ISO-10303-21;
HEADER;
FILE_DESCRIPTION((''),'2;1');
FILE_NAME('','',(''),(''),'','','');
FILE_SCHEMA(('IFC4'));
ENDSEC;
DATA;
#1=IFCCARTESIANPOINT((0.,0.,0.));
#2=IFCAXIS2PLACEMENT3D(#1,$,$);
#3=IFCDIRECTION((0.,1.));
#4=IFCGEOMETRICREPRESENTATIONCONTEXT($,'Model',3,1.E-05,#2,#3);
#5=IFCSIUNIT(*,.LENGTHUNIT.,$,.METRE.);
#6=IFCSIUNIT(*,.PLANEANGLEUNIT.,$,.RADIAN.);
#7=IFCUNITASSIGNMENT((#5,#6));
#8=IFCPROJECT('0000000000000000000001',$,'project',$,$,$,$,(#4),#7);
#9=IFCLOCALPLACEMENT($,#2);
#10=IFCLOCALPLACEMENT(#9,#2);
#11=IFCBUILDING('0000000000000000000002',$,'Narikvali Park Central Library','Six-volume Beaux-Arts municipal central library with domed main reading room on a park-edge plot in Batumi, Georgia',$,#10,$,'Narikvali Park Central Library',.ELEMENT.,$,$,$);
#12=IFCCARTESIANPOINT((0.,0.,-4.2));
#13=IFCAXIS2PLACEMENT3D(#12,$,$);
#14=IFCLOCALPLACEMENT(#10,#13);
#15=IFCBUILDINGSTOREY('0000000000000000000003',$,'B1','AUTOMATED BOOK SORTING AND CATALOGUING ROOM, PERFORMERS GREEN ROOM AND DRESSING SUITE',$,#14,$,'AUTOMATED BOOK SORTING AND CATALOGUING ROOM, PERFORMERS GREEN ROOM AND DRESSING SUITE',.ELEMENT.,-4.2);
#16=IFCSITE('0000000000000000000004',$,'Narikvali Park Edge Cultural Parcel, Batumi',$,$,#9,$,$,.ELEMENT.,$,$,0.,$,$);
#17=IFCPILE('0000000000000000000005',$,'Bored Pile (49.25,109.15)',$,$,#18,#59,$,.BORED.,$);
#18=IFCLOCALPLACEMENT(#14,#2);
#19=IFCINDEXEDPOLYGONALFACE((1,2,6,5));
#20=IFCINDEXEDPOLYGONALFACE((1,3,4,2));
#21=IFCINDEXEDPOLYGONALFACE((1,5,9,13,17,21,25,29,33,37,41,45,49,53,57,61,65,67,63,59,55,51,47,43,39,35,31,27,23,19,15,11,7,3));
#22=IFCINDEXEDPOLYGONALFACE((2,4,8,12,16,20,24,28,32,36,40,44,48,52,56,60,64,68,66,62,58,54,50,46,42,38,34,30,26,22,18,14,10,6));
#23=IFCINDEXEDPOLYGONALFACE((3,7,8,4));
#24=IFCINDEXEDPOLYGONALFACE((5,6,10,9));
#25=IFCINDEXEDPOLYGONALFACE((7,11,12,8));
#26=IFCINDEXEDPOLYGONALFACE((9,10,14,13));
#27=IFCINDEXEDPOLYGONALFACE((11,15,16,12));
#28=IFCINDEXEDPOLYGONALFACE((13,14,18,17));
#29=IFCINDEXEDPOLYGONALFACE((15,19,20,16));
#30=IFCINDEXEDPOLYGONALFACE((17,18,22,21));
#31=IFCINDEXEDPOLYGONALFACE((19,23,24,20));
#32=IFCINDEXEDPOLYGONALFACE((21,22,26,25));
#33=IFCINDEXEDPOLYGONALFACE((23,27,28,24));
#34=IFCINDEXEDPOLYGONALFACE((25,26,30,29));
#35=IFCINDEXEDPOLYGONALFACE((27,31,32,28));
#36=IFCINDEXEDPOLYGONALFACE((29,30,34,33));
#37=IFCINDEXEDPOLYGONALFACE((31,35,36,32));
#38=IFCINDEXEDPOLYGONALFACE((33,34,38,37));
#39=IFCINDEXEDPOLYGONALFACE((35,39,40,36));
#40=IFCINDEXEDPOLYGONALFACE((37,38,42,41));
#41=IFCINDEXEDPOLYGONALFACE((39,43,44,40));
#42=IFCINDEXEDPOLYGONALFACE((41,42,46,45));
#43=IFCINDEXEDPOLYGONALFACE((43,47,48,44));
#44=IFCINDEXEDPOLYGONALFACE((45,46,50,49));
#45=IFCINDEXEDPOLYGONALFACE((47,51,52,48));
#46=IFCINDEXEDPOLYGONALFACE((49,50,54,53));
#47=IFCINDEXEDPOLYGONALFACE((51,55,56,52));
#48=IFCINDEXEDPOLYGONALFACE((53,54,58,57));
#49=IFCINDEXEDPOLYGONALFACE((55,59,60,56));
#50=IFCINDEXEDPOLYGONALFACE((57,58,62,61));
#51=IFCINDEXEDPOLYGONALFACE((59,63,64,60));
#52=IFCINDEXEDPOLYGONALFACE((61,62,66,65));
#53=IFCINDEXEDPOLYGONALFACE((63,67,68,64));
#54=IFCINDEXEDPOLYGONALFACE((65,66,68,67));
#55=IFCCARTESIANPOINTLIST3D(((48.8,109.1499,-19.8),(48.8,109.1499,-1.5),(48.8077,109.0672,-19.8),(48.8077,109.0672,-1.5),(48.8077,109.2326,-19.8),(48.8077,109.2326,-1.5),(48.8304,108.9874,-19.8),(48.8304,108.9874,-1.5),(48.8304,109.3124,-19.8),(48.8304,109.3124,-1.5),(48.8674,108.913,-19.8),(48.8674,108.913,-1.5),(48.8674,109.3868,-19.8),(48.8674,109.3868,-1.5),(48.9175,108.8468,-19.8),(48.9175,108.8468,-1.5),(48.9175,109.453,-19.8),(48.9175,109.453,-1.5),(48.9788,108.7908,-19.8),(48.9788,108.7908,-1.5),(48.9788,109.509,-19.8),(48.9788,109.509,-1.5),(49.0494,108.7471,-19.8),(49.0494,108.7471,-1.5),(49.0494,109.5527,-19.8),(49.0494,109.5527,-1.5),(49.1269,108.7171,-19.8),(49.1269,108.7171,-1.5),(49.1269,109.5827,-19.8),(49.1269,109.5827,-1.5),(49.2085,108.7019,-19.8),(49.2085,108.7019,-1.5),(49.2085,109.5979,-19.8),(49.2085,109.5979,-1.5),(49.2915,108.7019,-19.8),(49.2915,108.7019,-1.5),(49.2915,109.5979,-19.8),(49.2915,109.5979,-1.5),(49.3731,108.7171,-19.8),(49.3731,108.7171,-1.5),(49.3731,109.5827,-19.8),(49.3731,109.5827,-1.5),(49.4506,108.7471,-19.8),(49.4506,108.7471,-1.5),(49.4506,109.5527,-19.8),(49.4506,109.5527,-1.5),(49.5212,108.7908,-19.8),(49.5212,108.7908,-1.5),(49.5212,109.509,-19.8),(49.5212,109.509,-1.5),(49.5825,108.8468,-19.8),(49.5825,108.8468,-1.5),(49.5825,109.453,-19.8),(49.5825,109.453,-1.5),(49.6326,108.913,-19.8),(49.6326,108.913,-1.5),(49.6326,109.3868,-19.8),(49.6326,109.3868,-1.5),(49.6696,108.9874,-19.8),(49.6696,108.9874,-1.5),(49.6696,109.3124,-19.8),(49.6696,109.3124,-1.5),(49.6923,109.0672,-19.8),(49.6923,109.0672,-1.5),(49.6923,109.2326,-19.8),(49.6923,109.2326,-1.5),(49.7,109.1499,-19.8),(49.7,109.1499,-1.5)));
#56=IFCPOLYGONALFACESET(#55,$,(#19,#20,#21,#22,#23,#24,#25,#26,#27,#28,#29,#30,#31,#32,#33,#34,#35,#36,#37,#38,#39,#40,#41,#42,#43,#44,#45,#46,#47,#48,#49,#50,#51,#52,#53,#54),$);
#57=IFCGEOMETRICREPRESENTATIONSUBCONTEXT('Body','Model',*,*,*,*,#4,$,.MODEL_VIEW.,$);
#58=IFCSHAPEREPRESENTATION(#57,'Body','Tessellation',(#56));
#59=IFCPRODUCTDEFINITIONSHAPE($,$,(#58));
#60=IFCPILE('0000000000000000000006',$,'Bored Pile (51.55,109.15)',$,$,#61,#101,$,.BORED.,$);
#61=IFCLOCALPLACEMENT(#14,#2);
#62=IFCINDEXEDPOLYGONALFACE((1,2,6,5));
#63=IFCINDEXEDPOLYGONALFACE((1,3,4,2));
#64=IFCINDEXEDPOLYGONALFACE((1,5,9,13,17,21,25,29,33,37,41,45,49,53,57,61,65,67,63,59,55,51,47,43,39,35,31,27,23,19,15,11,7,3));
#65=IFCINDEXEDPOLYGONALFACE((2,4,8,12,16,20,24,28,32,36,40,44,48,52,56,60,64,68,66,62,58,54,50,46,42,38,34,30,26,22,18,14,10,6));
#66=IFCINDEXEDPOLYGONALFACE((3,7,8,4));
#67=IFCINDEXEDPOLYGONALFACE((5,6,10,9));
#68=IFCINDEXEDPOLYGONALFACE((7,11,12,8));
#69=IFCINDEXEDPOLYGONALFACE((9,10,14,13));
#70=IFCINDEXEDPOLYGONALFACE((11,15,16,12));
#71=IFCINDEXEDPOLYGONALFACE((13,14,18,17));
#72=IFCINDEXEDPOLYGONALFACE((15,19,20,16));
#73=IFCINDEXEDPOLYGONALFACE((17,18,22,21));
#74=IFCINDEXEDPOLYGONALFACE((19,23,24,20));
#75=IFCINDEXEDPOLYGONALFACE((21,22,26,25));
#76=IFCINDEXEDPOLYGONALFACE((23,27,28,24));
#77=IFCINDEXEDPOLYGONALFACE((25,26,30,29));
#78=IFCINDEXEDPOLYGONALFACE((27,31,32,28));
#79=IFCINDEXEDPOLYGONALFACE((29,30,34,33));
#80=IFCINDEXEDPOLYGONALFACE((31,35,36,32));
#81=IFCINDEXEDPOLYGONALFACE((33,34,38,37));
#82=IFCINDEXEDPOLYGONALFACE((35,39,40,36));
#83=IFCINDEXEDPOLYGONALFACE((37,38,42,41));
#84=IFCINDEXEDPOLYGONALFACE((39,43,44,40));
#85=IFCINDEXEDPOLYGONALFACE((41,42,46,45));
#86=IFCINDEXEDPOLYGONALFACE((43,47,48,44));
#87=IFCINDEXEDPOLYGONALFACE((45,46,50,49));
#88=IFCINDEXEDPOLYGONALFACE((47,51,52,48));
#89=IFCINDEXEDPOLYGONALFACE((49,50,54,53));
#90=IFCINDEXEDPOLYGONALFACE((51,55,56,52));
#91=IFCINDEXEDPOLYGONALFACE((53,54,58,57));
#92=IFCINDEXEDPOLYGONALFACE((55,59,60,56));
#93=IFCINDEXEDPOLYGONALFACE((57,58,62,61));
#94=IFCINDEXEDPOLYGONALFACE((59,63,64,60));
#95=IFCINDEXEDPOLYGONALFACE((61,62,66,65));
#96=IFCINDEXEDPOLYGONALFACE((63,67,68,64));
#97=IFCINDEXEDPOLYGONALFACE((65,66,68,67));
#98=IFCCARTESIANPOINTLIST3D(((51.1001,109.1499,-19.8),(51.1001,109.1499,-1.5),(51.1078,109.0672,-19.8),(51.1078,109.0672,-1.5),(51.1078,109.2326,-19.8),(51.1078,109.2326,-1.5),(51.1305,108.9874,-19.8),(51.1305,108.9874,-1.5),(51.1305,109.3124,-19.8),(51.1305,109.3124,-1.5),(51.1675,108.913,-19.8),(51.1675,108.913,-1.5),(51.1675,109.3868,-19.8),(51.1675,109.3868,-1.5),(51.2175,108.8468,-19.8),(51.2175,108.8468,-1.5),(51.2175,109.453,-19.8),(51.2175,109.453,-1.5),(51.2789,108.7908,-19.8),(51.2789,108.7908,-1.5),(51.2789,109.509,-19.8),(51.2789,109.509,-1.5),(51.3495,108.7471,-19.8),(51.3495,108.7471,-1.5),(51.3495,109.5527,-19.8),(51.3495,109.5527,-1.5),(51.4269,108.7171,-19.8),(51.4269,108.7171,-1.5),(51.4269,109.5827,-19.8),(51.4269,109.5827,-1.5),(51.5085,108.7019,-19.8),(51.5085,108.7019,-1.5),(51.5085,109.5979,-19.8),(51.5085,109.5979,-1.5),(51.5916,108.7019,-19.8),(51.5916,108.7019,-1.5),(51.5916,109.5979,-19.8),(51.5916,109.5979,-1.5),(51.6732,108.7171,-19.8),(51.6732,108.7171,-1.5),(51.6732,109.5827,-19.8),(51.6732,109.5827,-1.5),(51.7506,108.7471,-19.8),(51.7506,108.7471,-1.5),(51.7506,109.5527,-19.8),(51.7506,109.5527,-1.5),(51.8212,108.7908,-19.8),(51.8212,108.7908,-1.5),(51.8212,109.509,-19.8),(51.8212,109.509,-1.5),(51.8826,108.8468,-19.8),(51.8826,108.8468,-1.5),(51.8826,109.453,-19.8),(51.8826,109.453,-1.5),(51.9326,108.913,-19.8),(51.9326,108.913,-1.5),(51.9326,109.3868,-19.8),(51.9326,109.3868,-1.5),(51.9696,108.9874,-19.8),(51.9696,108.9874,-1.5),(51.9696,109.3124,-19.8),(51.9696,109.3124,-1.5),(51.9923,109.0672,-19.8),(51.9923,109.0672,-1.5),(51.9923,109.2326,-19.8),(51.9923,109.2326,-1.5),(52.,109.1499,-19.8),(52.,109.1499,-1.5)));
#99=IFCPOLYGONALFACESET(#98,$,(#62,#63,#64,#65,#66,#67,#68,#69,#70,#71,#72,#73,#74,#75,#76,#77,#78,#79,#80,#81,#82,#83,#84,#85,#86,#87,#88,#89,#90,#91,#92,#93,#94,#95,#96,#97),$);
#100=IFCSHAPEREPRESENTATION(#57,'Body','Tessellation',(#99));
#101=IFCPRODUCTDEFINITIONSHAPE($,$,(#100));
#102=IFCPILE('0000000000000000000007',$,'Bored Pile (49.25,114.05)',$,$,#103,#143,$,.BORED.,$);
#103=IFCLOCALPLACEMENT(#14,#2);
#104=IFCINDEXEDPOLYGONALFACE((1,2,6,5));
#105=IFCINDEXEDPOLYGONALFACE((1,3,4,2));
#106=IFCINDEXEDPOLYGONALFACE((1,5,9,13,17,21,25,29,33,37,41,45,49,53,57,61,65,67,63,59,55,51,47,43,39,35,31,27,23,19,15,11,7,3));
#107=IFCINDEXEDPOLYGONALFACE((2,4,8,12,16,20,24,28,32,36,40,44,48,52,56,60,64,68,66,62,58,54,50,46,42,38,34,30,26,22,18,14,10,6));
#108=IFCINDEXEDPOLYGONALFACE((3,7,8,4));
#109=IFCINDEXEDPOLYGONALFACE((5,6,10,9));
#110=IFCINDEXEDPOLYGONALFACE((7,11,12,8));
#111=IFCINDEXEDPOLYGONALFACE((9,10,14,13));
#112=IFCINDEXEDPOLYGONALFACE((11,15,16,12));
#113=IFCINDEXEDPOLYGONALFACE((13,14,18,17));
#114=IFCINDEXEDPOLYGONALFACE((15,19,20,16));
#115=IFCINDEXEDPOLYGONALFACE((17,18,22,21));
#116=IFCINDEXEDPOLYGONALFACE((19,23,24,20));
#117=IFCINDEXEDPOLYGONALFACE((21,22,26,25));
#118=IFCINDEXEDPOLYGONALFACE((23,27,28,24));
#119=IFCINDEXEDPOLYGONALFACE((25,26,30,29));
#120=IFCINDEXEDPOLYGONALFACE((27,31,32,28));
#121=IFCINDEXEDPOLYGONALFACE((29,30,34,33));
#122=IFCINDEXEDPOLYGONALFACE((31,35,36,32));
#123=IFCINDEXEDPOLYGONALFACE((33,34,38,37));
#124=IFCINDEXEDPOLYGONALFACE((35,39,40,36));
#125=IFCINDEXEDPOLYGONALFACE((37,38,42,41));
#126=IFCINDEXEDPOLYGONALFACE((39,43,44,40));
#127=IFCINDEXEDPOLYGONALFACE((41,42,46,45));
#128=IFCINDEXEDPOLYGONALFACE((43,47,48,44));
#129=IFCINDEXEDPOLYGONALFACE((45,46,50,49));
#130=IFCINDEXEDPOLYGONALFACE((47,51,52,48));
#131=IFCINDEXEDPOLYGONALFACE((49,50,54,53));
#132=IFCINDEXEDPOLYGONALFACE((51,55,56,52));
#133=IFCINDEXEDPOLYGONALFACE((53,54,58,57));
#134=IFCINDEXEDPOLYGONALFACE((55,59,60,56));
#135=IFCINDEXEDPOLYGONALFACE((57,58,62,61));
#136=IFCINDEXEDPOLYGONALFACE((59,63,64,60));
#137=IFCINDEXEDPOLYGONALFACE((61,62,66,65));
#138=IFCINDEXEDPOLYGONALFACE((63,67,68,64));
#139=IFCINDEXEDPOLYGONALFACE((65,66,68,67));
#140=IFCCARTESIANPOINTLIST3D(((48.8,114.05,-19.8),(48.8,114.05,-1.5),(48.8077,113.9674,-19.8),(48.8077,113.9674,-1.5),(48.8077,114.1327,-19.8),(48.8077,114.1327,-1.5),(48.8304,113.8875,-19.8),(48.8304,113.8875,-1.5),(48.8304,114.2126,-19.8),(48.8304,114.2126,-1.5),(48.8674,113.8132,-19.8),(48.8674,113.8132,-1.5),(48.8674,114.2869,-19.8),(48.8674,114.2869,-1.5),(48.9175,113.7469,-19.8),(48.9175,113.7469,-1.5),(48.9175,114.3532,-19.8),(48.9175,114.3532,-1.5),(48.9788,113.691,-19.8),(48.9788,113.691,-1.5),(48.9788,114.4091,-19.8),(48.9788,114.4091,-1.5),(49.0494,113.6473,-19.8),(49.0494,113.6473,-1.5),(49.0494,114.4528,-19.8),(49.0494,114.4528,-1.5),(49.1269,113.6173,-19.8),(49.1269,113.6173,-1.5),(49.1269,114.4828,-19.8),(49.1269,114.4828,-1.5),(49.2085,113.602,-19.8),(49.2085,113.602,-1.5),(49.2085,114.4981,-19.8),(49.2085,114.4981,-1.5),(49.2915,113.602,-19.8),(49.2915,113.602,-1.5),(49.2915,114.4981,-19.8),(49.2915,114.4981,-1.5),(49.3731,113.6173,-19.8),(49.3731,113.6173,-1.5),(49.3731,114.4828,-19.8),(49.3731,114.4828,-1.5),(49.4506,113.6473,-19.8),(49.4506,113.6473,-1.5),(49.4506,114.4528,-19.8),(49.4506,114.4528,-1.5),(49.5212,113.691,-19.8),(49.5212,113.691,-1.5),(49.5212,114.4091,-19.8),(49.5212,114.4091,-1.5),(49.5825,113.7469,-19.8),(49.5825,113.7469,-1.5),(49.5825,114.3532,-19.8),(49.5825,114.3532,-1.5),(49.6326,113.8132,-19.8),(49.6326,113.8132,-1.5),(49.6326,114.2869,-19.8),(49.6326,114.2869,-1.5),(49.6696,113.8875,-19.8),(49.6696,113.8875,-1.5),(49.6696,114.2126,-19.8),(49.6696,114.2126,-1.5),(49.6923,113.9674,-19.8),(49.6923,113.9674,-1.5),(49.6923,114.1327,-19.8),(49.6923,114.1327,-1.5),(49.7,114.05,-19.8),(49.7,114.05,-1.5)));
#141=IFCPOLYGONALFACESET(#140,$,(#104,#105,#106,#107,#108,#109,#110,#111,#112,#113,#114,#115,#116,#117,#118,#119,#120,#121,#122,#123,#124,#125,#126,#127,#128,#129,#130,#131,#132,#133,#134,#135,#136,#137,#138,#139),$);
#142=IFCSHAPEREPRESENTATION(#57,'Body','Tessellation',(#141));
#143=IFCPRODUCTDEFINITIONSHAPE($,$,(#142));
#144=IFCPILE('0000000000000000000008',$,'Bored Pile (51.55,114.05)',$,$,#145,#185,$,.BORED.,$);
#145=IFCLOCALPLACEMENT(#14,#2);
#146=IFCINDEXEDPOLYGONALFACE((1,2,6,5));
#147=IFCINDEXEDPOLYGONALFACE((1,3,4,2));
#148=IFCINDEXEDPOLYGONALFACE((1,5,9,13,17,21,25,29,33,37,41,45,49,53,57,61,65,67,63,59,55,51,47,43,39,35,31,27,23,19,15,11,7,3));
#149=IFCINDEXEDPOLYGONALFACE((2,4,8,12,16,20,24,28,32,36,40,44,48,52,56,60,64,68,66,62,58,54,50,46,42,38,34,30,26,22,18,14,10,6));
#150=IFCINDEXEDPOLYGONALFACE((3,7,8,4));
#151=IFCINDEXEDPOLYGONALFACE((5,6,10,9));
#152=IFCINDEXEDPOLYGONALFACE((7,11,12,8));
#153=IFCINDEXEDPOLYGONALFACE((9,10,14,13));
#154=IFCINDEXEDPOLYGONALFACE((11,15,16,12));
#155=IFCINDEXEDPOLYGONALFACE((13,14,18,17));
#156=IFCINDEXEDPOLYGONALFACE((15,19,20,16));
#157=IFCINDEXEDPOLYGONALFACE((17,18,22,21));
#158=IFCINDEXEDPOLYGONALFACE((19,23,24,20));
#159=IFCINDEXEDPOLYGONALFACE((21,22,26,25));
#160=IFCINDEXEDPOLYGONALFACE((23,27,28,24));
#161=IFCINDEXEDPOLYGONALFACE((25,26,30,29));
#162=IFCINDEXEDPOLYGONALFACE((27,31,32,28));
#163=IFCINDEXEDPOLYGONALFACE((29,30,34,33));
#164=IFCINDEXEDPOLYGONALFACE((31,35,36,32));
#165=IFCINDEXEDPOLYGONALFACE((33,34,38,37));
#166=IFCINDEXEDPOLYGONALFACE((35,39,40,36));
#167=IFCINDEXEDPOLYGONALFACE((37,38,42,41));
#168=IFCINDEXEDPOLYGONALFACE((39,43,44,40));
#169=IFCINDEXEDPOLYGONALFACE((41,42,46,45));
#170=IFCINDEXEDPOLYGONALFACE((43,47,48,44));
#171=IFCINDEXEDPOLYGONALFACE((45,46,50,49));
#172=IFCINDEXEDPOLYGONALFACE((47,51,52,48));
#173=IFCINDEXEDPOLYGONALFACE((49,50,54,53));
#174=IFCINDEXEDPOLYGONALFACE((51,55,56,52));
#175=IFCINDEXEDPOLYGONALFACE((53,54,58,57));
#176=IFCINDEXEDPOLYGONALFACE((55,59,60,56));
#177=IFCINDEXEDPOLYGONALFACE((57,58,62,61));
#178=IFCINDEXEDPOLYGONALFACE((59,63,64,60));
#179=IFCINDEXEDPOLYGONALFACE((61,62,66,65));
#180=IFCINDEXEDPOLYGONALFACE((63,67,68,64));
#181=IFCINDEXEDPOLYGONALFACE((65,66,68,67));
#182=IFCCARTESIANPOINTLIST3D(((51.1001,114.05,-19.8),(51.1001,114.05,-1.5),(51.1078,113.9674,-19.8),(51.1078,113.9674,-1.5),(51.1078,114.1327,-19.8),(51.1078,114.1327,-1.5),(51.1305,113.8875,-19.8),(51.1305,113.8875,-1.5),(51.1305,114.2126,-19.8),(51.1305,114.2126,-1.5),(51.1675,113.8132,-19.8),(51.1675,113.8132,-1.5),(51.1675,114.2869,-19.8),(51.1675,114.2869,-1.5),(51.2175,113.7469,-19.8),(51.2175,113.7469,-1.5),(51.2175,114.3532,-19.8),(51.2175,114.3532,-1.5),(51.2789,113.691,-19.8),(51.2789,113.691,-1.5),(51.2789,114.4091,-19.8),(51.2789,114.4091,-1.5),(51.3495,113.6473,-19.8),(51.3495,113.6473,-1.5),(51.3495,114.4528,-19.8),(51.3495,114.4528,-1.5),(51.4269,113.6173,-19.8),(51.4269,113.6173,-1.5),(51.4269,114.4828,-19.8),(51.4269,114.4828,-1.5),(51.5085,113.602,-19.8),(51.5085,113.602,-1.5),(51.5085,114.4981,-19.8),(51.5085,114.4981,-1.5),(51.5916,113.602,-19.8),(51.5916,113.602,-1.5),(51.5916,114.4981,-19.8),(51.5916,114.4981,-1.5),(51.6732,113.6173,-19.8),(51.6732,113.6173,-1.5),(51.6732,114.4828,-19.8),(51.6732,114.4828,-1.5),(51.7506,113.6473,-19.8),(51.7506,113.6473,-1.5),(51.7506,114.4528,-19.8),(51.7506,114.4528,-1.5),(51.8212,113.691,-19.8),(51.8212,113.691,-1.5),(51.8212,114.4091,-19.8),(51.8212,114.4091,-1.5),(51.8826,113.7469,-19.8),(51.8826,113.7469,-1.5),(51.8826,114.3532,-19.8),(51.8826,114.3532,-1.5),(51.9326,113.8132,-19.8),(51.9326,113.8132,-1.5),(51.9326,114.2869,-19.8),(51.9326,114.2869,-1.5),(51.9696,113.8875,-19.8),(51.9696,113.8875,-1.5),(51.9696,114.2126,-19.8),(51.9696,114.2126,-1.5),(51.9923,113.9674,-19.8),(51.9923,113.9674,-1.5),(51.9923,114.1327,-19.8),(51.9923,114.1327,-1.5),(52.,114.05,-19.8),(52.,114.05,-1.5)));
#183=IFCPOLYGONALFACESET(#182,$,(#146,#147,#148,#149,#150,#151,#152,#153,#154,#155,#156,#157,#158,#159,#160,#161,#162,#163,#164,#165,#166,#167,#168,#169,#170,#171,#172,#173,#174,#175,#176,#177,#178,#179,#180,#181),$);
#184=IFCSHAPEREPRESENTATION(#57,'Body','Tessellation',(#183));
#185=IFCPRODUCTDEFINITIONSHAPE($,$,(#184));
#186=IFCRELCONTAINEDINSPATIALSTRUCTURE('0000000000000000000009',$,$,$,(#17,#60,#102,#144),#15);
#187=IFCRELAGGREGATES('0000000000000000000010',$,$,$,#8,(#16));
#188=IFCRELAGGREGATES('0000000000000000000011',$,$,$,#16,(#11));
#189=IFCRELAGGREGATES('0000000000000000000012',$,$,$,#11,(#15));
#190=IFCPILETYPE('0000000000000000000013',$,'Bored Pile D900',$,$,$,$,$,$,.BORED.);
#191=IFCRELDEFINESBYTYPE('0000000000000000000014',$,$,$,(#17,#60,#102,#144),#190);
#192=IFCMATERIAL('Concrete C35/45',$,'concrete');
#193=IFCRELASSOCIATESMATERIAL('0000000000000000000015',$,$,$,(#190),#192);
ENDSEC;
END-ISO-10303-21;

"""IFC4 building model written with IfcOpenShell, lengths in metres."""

from ifc_helpers import new_model, si_unit, direction, frame, origin, origin_2d, place, context, subcontext, project, spatial, circle, extrude, material, material_profile, profile_set, type_object, element, save


model = new_model("IFC4")

# Units and contexts
model_context = context("Model", 3, precision=1e-05, world=origin(), true_north=direction((0.0, 1.0)))
body_context = subcontext(model_context, "Body", "Model", "MODEL_VIEW")
ifc_project = project(units=[si_unit("LENGTHUNIT", "METRE"), si_unit("PLANEANGLEUNIT", "RADIAN")], contexts=[model_context])

# Site, building, storey
site_placement = place(None, origin())
site = spatial("IfcSite", under=ifc_project, at=site_placement, Name="Narikvali Park Edge Cultural Parcel, Batumi", CompositionType="ELEMENT", RefElevation=0.0)
building_placement = place(site_placement, origin())
building = spatial("IfcBuilding", under=site, at=building_placement, Name="Narikvali Park Central Library", Description="Six-volume Beaux-Arts municipal central library with domed main reading room on a park-edge plot in Batumi, Georgia", LongName="Narikvali Park Central Library", CompositionType="ELEMENT")
storey_placement = place(building_placement, frame((0.0, 0.0, -4.2)))
storey = spatial("IfcBuildingStorey", under=building, at=storey_placement, Name="B1", Description="AUTOMATED BOOK SORTING AND CATALOGUING ROOM, PERFORMERS GREEN ROOM AND DRESSING SUITE", LongName="AUTOMATED BOOK SORTING AND CATALOGUING ROOM, PERFORMERS GREEN ROOM AND DRESSING SUITE", CompositionType="ELEMENT", Elevation=-4.2)

# Piles
ifc_material_1 = material(Name="Concrete C35/45", Category="concrete")
ifc_material_profile_1 = material_profile(ifc_material_1, circle(Radius=0.45, at=origin_2d()), Name="PILE D900")
ifc_profile_set_1 = profile_set([ifc_material_profile_1], Name="Concrete C35/45")
pile_type = type_object("IfcPileType", Name="Bored Pile D900", PredefinedType="BORED", material=ifc_profile_set_1)
for number, where, z_axis, x_axis, name in (
    (1, (49.25, 109.1499, -1.5), (0.0, 0.0, -1.0), (1.0, 0.0, 0.0), "Bored Pile (49.25,109.15)"),
    (2, (51.55, 109.1499, -1.5), (0.0, 0.0, -1.0), (1.0, 0.0, 0.0), "Bored Pile (51.55,109.15)"),
    (3, (49.25, 114.05, -1.5), (0.0, 0.0, -1.0), (1.0, 0.0, 0.0), "Bored Pile (49.25,114.05)"),
    (4, (51.55, 114.05, -1.5), (0.0, 0.0, -1.0), (1.0, 0.0, 0.0), "Bored Pile (51.55,114.05)"),
):
    element("IfcPile", number, at=place(storey_placement, frame(where, z_axis=z_axis, x_axis=x_axis)), inside=storey, type_object=pile_type, Name=name, PredefinedType="BORED", context=body_context, shape_type="SweptSolid", body=[
        extrude(circle(Radius=0.45, at=origin_2d()), origin(), (0.0, 0.0, 1.0), 18.3),
    ])

save(model, "model.ifc")
